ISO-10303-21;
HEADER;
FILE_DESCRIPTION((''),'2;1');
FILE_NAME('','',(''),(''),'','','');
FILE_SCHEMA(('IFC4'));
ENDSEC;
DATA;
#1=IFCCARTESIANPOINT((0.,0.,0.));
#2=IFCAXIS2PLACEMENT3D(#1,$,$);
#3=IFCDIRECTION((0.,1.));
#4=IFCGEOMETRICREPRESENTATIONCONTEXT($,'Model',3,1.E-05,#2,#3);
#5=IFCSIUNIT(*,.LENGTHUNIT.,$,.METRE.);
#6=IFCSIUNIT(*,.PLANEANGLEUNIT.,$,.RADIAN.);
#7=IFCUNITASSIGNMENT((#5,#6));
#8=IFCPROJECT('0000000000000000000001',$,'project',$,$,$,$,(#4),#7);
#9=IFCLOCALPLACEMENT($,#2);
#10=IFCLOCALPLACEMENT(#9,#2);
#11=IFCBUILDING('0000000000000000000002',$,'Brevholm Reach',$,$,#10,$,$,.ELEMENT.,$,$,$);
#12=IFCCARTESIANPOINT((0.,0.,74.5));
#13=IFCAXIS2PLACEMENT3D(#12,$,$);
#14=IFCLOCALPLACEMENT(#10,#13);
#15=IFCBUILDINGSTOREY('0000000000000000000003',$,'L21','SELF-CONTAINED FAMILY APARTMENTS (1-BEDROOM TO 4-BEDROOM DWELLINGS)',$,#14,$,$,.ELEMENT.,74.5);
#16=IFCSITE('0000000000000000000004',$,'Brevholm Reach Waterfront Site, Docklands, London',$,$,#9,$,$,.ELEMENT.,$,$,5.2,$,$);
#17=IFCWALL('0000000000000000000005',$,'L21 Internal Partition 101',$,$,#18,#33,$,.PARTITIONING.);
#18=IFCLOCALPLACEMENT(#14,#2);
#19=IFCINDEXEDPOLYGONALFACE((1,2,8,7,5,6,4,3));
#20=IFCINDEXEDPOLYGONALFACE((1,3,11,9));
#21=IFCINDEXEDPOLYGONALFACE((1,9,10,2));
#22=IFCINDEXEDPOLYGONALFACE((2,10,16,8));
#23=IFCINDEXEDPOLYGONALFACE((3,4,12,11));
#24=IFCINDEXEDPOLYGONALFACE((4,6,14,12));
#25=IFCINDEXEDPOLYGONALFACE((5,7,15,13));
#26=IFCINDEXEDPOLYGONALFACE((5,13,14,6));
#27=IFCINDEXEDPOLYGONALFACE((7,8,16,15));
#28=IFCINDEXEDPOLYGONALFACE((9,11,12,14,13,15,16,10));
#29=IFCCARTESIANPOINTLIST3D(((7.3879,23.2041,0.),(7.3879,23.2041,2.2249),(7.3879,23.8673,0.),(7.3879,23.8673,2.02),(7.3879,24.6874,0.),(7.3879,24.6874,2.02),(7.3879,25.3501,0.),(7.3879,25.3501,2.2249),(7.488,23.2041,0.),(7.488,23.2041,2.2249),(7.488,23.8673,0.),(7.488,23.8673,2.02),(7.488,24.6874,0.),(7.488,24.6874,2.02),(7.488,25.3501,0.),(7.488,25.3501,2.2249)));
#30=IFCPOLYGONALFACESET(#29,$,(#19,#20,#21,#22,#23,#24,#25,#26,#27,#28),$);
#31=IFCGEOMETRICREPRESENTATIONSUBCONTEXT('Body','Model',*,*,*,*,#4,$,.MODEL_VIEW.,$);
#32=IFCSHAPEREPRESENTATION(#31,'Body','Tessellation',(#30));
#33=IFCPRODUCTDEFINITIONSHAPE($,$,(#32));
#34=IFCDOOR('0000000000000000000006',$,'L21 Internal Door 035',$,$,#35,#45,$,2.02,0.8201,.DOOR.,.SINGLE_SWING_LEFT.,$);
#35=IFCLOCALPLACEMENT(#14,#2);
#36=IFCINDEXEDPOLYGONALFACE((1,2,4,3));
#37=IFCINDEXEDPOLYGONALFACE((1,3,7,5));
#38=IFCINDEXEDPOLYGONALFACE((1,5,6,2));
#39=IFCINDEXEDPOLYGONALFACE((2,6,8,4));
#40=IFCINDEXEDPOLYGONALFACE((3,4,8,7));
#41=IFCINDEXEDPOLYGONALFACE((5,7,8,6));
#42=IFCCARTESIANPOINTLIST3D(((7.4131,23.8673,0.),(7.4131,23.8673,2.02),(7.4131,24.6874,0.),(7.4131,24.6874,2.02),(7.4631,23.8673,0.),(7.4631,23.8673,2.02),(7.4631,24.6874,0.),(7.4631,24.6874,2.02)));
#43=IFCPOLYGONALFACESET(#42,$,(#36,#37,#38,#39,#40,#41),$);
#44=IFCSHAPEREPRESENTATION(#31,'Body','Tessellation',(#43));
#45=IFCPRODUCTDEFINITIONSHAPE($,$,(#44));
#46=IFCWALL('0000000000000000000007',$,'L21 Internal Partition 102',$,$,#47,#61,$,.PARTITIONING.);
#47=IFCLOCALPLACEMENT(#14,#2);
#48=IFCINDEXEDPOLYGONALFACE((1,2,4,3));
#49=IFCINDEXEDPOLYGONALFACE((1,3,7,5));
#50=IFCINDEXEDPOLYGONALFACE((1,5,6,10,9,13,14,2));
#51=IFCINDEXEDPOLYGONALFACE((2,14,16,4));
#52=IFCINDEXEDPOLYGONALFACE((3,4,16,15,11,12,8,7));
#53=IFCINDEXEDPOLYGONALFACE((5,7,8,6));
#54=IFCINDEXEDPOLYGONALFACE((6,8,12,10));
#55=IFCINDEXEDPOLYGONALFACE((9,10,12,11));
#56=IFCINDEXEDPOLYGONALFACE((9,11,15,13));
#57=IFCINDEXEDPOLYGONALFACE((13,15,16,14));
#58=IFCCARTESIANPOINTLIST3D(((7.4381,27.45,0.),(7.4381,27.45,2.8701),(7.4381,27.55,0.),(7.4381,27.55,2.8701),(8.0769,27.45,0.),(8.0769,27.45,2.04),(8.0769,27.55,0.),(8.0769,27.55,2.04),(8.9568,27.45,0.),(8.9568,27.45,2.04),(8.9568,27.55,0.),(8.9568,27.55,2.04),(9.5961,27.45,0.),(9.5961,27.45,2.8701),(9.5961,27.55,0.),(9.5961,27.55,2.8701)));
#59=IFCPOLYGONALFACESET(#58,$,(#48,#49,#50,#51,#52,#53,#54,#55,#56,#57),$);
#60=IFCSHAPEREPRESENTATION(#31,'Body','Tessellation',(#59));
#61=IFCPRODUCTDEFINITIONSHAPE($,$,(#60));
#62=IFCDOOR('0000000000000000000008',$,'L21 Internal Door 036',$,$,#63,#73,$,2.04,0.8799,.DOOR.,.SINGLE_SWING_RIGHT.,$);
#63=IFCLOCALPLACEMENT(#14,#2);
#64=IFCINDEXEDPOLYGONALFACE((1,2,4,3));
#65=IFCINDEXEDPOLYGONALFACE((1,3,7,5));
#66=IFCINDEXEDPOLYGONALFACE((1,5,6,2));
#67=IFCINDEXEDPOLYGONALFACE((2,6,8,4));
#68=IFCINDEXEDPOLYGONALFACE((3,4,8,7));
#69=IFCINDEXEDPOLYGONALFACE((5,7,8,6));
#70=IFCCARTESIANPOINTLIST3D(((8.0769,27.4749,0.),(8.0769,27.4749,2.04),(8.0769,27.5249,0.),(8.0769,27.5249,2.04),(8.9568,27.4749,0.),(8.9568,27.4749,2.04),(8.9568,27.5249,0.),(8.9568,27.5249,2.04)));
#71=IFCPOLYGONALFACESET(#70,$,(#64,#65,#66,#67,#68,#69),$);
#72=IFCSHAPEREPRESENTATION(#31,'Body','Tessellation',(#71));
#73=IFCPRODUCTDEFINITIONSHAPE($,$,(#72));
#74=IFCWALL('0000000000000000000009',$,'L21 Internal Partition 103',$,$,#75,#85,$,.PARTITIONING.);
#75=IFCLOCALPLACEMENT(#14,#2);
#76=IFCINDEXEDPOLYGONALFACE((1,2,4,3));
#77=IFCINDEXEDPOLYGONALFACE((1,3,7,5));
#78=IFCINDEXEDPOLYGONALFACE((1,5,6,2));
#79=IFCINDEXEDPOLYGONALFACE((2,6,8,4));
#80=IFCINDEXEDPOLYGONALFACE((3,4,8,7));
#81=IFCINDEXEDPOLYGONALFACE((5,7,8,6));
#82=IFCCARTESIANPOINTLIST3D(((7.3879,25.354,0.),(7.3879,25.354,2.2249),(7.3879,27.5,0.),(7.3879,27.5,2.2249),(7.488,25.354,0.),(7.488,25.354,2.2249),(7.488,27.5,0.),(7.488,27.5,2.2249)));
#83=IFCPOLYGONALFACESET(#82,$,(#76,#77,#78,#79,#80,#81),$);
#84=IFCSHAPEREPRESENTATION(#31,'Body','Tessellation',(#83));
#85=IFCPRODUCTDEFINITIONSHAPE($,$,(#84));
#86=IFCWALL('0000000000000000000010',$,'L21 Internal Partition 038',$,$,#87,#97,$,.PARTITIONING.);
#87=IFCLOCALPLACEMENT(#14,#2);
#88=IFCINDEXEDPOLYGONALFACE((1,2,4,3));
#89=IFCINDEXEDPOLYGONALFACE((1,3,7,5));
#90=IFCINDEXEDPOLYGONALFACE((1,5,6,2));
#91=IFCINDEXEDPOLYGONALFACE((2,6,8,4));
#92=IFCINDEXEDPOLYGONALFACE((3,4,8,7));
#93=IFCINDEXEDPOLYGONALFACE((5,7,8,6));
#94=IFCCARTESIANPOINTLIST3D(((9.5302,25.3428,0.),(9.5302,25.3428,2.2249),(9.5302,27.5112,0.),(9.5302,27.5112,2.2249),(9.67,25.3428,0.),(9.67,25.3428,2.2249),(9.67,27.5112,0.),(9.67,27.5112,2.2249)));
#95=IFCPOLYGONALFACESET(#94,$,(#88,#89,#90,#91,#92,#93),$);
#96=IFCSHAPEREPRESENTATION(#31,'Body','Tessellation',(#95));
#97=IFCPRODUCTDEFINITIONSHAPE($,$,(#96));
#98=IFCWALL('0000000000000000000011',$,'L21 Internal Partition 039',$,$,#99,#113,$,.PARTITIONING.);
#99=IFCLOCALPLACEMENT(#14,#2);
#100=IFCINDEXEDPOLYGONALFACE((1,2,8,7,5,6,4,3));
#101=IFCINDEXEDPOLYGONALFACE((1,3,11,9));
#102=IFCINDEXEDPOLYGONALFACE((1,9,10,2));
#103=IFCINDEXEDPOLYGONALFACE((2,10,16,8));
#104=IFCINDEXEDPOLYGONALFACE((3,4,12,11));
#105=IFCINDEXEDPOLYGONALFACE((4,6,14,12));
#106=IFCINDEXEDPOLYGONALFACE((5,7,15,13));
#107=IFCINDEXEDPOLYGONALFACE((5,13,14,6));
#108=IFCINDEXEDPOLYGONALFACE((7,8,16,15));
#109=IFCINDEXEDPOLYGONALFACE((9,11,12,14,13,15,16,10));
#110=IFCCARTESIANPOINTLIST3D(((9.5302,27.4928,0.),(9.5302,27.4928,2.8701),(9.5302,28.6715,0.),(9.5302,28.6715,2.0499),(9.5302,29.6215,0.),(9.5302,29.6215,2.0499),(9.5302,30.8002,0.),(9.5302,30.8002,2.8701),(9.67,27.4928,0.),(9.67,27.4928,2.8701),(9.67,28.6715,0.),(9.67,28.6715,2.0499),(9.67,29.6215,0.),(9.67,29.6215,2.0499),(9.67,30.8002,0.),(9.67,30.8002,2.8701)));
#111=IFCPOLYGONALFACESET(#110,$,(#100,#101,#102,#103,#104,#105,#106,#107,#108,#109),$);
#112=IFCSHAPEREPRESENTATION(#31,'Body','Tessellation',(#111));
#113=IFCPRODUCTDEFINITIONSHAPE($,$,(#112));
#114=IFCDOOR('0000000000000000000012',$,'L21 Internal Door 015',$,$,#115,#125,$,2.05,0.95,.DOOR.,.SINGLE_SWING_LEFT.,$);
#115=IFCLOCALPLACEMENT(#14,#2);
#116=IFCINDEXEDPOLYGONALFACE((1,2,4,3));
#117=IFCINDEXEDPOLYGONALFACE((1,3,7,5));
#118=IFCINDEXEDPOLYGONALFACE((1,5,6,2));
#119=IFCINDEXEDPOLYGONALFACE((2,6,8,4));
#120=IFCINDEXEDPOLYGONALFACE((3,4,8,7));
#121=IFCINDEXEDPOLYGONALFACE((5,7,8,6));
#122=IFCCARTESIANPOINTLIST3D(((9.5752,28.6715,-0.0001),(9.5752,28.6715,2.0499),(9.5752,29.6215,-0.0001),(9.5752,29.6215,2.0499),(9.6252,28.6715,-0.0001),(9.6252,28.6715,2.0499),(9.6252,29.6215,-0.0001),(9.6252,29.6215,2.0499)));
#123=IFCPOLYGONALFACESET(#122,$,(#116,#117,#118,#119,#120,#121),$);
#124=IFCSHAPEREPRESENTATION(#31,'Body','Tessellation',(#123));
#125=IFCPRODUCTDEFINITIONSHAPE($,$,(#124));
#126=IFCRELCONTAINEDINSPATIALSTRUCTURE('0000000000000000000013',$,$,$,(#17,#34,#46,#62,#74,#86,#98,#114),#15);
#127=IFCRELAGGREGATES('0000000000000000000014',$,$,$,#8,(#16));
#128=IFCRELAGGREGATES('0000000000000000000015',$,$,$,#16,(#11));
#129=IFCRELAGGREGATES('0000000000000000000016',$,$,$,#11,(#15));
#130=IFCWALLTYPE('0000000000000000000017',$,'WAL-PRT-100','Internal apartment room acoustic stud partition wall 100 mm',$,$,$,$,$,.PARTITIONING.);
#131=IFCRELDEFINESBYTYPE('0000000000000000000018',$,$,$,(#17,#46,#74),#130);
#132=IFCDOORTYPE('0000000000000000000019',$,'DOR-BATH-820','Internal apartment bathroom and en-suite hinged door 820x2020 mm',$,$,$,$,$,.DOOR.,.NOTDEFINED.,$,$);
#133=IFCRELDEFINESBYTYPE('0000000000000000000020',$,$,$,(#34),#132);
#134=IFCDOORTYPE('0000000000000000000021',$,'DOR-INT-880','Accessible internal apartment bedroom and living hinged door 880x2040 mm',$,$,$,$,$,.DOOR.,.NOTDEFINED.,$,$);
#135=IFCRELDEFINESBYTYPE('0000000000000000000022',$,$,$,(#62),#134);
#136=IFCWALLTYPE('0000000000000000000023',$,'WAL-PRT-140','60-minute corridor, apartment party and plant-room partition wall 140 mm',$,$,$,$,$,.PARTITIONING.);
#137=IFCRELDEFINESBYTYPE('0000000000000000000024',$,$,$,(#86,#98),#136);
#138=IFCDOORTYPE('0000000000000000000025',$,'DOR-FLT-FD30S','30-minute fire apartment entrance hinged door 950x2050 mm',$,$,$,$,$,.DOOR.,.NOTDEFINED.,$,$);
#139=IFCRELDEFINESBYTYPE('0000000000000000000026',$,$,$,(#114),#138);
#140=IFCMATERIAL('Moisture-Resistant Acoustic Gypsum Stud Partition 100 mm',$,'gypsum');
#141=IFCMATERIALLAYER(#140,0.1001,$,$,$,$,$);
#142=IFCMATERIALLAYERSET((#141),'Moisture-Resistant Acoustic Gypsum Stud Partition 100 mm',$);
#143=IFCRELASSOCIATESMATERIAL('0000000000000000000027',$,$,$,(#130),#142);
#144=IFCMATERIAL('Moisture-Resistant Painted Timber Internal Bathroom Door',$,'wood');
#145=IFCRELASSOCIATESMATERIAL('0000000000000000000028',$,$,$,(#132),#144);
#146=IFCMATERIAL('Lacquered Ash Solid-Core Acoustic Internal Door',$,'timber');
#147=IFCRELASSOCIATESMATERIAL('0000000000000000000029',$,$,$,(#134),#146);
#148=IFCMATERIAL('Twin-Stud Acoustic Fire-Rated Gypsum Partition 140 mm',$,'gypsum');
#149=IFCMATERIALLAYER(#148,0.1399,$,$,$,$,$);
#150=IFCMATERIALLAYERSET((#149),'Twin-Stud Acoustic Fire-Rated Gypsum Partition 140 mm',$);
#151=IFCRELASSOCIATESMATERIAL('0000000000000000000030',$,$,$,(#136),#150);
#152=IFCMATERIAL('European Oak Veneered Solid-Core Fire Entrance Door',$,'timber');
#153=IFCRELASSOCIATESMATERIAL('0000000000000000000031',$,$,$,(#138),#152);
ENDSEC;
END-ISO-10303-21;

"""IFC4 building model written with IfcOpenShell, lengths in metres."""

from ifc_helpers import new_model, si_unit, direction, frame, frame_2d, origin, place, context, subcontext, project, spatial, rectangle, extrude, material, layer, layer_set, type_object, element, fill, save


model = new_model("IFC4")

# Units and contexts
model_context = context("Model", 3, precision=1e-05, world=origin(), true_north=direction((0.0, 1.0)))
body_context = subcontext(model_context, "Body", "Model", "MODEL_VIEW")
ifc_project = project(units=[si_unit("LENGTHUNIT", "METRE"), si_unit("PLANEANGLEUNIT", "RADIAN")], contexts=[model_context])

# Site, building, storey
site_placement = place(None, origin())
site = spatial("IfcSite", under=ifc_project, at=site_placement, Name="Brevholm Reach Waterfront Site, Docklands, London", CompositionType="ELEMENT", RefElevation=5.2)
building_placement = place(site_placement, origin())
building = spatial("IfcBuilding", under=site, at=building_placement, Name="Brevholm Reach", CompositionType="ELEMENT")
storey_placement = place(building_placement, frame((0.0, 0.0, 74.5)))
storey = spatial("IfcBuildingStorey", under=building, at=storey_placement, Name="L21", Description="SELF-CONTAINED FAMILY APARTMENTS (1-BEDROOM TO 4-BEDROOM DWELLINGS)", CompositionType="ELEMENT", Elevation=74.5)

# Shared definitions
ifc_material_1 = material(Name="Moisture-Resistant Acoustic Gypsum Stud Partition 100 mm", Category="gypsum")
ifc_layer_1 = layer(ifc_material_1, 0.1001)
ifc_layer_set_1 = layer_set([ifc_layer_1], Name="Moisture-Resistant Acoustic Gypsum Stud Partition 100 mm")
wall_type_1 = type_object("IfcWallType", Name="WAL-PRT-100", Description="Internal apartment room acoustic stud partition wall 100 mm", PredefinedType="PARTITIONING", material=ifc_layer_set_1)

# Walls, openings, doors
wall_1_placement = place(storey_placement, frame((7.438, 23.2041, 0.0), z_axis=(0.0, 0.0, 1.0), x_axis=(0.0, 1.0, 0.0)))
wall_1 = element("IfcWall", 1, at=wall_1_placement, inside=storey, type_object=wall_type_1, Name="L21 Internal Partition 101", PredefinedType="PARTITIONING", context=body_context, shape_type="SweptSolid", body=[
    extrude(rectangle(XDim=2.146, YDim=0.1001, at=frame_2d((1.073, 0.0))), origin(), (0.0, 0.0, 1.0), 2.2249),
])
opening_1_placement = place(wall_1_placement, frame((0.6631, 0.0, 0.0)))
opening_1 = element("IfcOpeningElement", 2, at=opening_1_placement, cuts=wall_1, PredefinedType="OPENING", context=body_context, shape_type="SweptSolid", body=[
    extrude(rectangle(XDim=0.8201, YDim=2.02, at=frame_2d((0.4102, 1.01))), frame((0.0, 0.0601, 0.0), z_axis=(0.0, -1.0, 0.0), x_axis=(1.0, 0.0, 0.0)), (0.0, 0.0, 1.0), 0.1201),
])
ifc_material_2 = material(Name="Moisture-Resistant Painted Timber Internal Bathroom Door", Category="wood")
door_type_1 = type_object("IfcDoorType", Name="DOR-BATH-820", Description="Internal apartment bathroom and en-suite hinged door 820x2020 mm", OperationType="NOTDEFINED", PredefinedType="DOOR", material=ifc_material_2)
door_1_placement = place(opening_1_placement, origin())
door_1 = element("IfcDoor", 3, at=door_1_placement, inside=storey, type_object=door_type_1, Name="L21 Internal Door 035", OperationType="SINGLE_SWING_LEFT", OverallHeight=2.02, OverallWidth=0.8201, PredefinedType="DOOR", context=body_context, shape_type="SweptSolid", body=[
    extrude(rectangle(XDim=0.8201, YDim=2.02, at=frame_2d((0.4102, 1.01))), frame((0.0, 0.0249, 0.0), z_axis=(0.0, -1.0, 0.0), x_axis=(1.0, 0.0, 0.0)), (0.0, 0.0, 1.0), 0.05),
])
fill(opening_1, door_1)
wall_2_placement = place(storey_placement, frame((7.438, 27.5, 0.0), z_axis=(0.0, 0.0, 1.0), x_axis=(1.0, 0.0, 0.0)))
wall_2 = element("IfcWall", 4, at=wall_2_placement, inside=storey, type_object=wall_type_1, Name="L21 Internal Partition 102", PredefinedType="PARTITIONING", context=body_context, shape_type="SweptSolid", body=[
    extrude(rectangle(XDim=2.158, YDim=0.1001, at=frame_2d((1.0791, 0.0))), origin(), (0.0, 0.0, 1.0), 2.8701),
])
opening_2_placement = place(wall_2_placement, frame((0.6389, 0.0, 0.0)))
opening_2 = element("IfcOpeningElement", 5, at=opening_2_placement, cuts=wall_2, PredefinedType="OPENING", context=body_context, shape_type="SweptSolid", body=[
    extrude(rectangle(XDim=0.8799, YDim=2.04, at=frame_2d((0.4399, 1.02))), frame((0.0, 0.0601, 0.0), z_axis=(0.0, -1.0, 0.0), x_axis=(1.0, 0.0, 0.0)), (0.0, 0.0, 1.0), 0.1201),
])
ifc_material_3 = material(Name="Lacquered Ash Solid-Core Acoustic Internal Door", Category="timber")
door_type_2 = type_object("IfcDoorType", Name="DOR-INT-880", Description="Accessible internal apartment bedroom and living hinged door 880x2040 mm", OperationType="NOTDEFINED", PredefinedType="DOOR", material=ifc_material_3)
door_2_placement = place(opening_2_placement, origin())
door_2 = element("IfcDoor", 6, at=door_2_placement, inside=storey, type_object=door_type_2, Name="L21 Internal Door 036", OperationType="SINGLE_SWING_RIGHT", OverallHeight=2.04, OverallWidth=0.8799, PredefinedType="DOOR", context=body_context, shape_type="SweptSolid", body=[
    extrude(rectangle(XDim=0.8799, YDim=2.04, at=frame_2d((0.4399, 1.02))), frame((0.0, 0.0249, 0.0), z_axis=(0.0, -1.0, 0.0), x_axis=(1.0, 0.0, 0.0)), (0.0, 0.0, 1.0), 0.05),
])
fill(opening_2, door_2)

# Walls
wall_3_placement = place(storey_placement, frame((7.438, 25.354, 0.0), z_axis=(0.0, 0.0, 1.0), x_axis=(0.0, 1.0, 0.0)))
element("IfcWall", 7, at=wall_3_placement, inside=storey, type_object=wall_type_1, Name="L21 Internal Partition 103", PredefinedType="PARTITIONING", context=body_context, shape_type="SweptSolid", body=[
    extrude(rectangle(XDim=2.146, YDim=0.1001, at=frame_2d((1.073, 0.0))), origin(), (0.0, 0.0, 1.0), 2.2249),
])
ifc_material_4 = material(Name="Twin-Stud Acoustic Fire-Rated Gypsum Partition 140 mm", Category="gypsum")
ifc_layer_2 = layer(ifc_material_4, 0.1399)
ifc_layer_set_2 = layer_set([ifc_layer_2], Name="Twin-Stud Acoustic Fire-Rated Gypsum Partition 140 mm")
wall_type_2 = type_object("IfcWallType", Name="WAL-PRT-140", Description="60-minute corridor, apartment party and plant-room partition wall 140 mm", PredefinedType="PARTITIONING", material=ifc_layer_set_2)
wall_4_placement = place(storey_placement, frame((9.6001, 25.3428, 0.0), z_axis=(0.0, 0.0, 1.0), x_axis=(0.0, 1.0, 0.0)))
element("IfcWall", 8, at=wall_4_placement, inside=storey, type_object=wall_type_2, Name="L21 Internal Partition 038", PredefinedType="PARTITIONING", context=body_context, shape_type="SweptSolid", body=[
    extrude(rectangle(XDim=2.1685, YDim=0.1399, at=frame_2d((1.0842, 0.0))), origin(), (0.0, 0.0, 1.0), 2.2249),
])

# Wall, opening, door
wall_5_placement = place(storey_placement, frame((9.6001, 27.4927, 0.0), z_axis=(0.0, 0.0, 1.0), x_axis=(0.0, 1.0, 0.0)))
wall_5 = element("IfcWall", 9, at=wall_5_placement, inside=storey, type_object=wall_type_2, Name="L21 Internal Partition 039", PredefinedType="PARTITIONING", context=body_context, shape_type="SweptSolid", body=[
    extrude(rectangle(XDim=3.3074, YDim=0.1399, at=frame_2d((1.6538, 0.0))), origin(), (0.0, 0.0, 1.0), 2.8701),
])
opening_3_placement = place(wall_5_placement, frame((1.1787, 0.0, 0.0)))
opening_3 = element("IfcOpeningElement", 10, at=opening_3_placement, cuts=wall_5, PredefinedType="OPENING", context=body_context, shape_type="SweptSolid", body=[
    extrude(rectangle(XDim=0.95, YDim=2.05, at=frame_2d((0.4751, 1.0249))), frame((0.0, 0.0798, 0.0), z_axis=(0.0, -1.0, 0.0), x_axis=(1.0, 0.0, 0.0)), (0.0, 0.0, 1.0), 0.1599),
])
ifc_material_5 = material(Name="European Oak Veneered Solid-Core Fire Entrance Door", Category="timber")
door_type_3 = type_object("IfcDoorType", Name="DOR-FLT-FD30S", Description="30-minute fire apartment entrance hinged door 950x2050 mm", OperationType="NOTDEFINED", PredefinedType="DOOR", material=ifc_material_5)
door_3_placement = place(opening_3_placement, origin())
door_3 = element("IfcDoor", 11, at=door_3_placement, inside=storey, type_object=door_type_3, Name="L21 Internal Door 015", OperationType="SINGLE_SWING_LEFT", OverallHeight=2.05, OverallWidth=0.95, PredefinedType="DOOR", context=body_context, shape_type="SweptSolid", body=[
    extrude(rectangle(XDim=0.95, YDim=2.05, at=frame_2d((0.4751, 1.0249))), frame((0.0, 0.0249, 0.0), z_axis=(0.0, -1.0, 0.0), x_axis=(1.0, 0.0, 0.0)), (0.0, 0.0, 1.0), 0.05),
])
fill(opening_3, door_3)

save(model, "model.ifc")
